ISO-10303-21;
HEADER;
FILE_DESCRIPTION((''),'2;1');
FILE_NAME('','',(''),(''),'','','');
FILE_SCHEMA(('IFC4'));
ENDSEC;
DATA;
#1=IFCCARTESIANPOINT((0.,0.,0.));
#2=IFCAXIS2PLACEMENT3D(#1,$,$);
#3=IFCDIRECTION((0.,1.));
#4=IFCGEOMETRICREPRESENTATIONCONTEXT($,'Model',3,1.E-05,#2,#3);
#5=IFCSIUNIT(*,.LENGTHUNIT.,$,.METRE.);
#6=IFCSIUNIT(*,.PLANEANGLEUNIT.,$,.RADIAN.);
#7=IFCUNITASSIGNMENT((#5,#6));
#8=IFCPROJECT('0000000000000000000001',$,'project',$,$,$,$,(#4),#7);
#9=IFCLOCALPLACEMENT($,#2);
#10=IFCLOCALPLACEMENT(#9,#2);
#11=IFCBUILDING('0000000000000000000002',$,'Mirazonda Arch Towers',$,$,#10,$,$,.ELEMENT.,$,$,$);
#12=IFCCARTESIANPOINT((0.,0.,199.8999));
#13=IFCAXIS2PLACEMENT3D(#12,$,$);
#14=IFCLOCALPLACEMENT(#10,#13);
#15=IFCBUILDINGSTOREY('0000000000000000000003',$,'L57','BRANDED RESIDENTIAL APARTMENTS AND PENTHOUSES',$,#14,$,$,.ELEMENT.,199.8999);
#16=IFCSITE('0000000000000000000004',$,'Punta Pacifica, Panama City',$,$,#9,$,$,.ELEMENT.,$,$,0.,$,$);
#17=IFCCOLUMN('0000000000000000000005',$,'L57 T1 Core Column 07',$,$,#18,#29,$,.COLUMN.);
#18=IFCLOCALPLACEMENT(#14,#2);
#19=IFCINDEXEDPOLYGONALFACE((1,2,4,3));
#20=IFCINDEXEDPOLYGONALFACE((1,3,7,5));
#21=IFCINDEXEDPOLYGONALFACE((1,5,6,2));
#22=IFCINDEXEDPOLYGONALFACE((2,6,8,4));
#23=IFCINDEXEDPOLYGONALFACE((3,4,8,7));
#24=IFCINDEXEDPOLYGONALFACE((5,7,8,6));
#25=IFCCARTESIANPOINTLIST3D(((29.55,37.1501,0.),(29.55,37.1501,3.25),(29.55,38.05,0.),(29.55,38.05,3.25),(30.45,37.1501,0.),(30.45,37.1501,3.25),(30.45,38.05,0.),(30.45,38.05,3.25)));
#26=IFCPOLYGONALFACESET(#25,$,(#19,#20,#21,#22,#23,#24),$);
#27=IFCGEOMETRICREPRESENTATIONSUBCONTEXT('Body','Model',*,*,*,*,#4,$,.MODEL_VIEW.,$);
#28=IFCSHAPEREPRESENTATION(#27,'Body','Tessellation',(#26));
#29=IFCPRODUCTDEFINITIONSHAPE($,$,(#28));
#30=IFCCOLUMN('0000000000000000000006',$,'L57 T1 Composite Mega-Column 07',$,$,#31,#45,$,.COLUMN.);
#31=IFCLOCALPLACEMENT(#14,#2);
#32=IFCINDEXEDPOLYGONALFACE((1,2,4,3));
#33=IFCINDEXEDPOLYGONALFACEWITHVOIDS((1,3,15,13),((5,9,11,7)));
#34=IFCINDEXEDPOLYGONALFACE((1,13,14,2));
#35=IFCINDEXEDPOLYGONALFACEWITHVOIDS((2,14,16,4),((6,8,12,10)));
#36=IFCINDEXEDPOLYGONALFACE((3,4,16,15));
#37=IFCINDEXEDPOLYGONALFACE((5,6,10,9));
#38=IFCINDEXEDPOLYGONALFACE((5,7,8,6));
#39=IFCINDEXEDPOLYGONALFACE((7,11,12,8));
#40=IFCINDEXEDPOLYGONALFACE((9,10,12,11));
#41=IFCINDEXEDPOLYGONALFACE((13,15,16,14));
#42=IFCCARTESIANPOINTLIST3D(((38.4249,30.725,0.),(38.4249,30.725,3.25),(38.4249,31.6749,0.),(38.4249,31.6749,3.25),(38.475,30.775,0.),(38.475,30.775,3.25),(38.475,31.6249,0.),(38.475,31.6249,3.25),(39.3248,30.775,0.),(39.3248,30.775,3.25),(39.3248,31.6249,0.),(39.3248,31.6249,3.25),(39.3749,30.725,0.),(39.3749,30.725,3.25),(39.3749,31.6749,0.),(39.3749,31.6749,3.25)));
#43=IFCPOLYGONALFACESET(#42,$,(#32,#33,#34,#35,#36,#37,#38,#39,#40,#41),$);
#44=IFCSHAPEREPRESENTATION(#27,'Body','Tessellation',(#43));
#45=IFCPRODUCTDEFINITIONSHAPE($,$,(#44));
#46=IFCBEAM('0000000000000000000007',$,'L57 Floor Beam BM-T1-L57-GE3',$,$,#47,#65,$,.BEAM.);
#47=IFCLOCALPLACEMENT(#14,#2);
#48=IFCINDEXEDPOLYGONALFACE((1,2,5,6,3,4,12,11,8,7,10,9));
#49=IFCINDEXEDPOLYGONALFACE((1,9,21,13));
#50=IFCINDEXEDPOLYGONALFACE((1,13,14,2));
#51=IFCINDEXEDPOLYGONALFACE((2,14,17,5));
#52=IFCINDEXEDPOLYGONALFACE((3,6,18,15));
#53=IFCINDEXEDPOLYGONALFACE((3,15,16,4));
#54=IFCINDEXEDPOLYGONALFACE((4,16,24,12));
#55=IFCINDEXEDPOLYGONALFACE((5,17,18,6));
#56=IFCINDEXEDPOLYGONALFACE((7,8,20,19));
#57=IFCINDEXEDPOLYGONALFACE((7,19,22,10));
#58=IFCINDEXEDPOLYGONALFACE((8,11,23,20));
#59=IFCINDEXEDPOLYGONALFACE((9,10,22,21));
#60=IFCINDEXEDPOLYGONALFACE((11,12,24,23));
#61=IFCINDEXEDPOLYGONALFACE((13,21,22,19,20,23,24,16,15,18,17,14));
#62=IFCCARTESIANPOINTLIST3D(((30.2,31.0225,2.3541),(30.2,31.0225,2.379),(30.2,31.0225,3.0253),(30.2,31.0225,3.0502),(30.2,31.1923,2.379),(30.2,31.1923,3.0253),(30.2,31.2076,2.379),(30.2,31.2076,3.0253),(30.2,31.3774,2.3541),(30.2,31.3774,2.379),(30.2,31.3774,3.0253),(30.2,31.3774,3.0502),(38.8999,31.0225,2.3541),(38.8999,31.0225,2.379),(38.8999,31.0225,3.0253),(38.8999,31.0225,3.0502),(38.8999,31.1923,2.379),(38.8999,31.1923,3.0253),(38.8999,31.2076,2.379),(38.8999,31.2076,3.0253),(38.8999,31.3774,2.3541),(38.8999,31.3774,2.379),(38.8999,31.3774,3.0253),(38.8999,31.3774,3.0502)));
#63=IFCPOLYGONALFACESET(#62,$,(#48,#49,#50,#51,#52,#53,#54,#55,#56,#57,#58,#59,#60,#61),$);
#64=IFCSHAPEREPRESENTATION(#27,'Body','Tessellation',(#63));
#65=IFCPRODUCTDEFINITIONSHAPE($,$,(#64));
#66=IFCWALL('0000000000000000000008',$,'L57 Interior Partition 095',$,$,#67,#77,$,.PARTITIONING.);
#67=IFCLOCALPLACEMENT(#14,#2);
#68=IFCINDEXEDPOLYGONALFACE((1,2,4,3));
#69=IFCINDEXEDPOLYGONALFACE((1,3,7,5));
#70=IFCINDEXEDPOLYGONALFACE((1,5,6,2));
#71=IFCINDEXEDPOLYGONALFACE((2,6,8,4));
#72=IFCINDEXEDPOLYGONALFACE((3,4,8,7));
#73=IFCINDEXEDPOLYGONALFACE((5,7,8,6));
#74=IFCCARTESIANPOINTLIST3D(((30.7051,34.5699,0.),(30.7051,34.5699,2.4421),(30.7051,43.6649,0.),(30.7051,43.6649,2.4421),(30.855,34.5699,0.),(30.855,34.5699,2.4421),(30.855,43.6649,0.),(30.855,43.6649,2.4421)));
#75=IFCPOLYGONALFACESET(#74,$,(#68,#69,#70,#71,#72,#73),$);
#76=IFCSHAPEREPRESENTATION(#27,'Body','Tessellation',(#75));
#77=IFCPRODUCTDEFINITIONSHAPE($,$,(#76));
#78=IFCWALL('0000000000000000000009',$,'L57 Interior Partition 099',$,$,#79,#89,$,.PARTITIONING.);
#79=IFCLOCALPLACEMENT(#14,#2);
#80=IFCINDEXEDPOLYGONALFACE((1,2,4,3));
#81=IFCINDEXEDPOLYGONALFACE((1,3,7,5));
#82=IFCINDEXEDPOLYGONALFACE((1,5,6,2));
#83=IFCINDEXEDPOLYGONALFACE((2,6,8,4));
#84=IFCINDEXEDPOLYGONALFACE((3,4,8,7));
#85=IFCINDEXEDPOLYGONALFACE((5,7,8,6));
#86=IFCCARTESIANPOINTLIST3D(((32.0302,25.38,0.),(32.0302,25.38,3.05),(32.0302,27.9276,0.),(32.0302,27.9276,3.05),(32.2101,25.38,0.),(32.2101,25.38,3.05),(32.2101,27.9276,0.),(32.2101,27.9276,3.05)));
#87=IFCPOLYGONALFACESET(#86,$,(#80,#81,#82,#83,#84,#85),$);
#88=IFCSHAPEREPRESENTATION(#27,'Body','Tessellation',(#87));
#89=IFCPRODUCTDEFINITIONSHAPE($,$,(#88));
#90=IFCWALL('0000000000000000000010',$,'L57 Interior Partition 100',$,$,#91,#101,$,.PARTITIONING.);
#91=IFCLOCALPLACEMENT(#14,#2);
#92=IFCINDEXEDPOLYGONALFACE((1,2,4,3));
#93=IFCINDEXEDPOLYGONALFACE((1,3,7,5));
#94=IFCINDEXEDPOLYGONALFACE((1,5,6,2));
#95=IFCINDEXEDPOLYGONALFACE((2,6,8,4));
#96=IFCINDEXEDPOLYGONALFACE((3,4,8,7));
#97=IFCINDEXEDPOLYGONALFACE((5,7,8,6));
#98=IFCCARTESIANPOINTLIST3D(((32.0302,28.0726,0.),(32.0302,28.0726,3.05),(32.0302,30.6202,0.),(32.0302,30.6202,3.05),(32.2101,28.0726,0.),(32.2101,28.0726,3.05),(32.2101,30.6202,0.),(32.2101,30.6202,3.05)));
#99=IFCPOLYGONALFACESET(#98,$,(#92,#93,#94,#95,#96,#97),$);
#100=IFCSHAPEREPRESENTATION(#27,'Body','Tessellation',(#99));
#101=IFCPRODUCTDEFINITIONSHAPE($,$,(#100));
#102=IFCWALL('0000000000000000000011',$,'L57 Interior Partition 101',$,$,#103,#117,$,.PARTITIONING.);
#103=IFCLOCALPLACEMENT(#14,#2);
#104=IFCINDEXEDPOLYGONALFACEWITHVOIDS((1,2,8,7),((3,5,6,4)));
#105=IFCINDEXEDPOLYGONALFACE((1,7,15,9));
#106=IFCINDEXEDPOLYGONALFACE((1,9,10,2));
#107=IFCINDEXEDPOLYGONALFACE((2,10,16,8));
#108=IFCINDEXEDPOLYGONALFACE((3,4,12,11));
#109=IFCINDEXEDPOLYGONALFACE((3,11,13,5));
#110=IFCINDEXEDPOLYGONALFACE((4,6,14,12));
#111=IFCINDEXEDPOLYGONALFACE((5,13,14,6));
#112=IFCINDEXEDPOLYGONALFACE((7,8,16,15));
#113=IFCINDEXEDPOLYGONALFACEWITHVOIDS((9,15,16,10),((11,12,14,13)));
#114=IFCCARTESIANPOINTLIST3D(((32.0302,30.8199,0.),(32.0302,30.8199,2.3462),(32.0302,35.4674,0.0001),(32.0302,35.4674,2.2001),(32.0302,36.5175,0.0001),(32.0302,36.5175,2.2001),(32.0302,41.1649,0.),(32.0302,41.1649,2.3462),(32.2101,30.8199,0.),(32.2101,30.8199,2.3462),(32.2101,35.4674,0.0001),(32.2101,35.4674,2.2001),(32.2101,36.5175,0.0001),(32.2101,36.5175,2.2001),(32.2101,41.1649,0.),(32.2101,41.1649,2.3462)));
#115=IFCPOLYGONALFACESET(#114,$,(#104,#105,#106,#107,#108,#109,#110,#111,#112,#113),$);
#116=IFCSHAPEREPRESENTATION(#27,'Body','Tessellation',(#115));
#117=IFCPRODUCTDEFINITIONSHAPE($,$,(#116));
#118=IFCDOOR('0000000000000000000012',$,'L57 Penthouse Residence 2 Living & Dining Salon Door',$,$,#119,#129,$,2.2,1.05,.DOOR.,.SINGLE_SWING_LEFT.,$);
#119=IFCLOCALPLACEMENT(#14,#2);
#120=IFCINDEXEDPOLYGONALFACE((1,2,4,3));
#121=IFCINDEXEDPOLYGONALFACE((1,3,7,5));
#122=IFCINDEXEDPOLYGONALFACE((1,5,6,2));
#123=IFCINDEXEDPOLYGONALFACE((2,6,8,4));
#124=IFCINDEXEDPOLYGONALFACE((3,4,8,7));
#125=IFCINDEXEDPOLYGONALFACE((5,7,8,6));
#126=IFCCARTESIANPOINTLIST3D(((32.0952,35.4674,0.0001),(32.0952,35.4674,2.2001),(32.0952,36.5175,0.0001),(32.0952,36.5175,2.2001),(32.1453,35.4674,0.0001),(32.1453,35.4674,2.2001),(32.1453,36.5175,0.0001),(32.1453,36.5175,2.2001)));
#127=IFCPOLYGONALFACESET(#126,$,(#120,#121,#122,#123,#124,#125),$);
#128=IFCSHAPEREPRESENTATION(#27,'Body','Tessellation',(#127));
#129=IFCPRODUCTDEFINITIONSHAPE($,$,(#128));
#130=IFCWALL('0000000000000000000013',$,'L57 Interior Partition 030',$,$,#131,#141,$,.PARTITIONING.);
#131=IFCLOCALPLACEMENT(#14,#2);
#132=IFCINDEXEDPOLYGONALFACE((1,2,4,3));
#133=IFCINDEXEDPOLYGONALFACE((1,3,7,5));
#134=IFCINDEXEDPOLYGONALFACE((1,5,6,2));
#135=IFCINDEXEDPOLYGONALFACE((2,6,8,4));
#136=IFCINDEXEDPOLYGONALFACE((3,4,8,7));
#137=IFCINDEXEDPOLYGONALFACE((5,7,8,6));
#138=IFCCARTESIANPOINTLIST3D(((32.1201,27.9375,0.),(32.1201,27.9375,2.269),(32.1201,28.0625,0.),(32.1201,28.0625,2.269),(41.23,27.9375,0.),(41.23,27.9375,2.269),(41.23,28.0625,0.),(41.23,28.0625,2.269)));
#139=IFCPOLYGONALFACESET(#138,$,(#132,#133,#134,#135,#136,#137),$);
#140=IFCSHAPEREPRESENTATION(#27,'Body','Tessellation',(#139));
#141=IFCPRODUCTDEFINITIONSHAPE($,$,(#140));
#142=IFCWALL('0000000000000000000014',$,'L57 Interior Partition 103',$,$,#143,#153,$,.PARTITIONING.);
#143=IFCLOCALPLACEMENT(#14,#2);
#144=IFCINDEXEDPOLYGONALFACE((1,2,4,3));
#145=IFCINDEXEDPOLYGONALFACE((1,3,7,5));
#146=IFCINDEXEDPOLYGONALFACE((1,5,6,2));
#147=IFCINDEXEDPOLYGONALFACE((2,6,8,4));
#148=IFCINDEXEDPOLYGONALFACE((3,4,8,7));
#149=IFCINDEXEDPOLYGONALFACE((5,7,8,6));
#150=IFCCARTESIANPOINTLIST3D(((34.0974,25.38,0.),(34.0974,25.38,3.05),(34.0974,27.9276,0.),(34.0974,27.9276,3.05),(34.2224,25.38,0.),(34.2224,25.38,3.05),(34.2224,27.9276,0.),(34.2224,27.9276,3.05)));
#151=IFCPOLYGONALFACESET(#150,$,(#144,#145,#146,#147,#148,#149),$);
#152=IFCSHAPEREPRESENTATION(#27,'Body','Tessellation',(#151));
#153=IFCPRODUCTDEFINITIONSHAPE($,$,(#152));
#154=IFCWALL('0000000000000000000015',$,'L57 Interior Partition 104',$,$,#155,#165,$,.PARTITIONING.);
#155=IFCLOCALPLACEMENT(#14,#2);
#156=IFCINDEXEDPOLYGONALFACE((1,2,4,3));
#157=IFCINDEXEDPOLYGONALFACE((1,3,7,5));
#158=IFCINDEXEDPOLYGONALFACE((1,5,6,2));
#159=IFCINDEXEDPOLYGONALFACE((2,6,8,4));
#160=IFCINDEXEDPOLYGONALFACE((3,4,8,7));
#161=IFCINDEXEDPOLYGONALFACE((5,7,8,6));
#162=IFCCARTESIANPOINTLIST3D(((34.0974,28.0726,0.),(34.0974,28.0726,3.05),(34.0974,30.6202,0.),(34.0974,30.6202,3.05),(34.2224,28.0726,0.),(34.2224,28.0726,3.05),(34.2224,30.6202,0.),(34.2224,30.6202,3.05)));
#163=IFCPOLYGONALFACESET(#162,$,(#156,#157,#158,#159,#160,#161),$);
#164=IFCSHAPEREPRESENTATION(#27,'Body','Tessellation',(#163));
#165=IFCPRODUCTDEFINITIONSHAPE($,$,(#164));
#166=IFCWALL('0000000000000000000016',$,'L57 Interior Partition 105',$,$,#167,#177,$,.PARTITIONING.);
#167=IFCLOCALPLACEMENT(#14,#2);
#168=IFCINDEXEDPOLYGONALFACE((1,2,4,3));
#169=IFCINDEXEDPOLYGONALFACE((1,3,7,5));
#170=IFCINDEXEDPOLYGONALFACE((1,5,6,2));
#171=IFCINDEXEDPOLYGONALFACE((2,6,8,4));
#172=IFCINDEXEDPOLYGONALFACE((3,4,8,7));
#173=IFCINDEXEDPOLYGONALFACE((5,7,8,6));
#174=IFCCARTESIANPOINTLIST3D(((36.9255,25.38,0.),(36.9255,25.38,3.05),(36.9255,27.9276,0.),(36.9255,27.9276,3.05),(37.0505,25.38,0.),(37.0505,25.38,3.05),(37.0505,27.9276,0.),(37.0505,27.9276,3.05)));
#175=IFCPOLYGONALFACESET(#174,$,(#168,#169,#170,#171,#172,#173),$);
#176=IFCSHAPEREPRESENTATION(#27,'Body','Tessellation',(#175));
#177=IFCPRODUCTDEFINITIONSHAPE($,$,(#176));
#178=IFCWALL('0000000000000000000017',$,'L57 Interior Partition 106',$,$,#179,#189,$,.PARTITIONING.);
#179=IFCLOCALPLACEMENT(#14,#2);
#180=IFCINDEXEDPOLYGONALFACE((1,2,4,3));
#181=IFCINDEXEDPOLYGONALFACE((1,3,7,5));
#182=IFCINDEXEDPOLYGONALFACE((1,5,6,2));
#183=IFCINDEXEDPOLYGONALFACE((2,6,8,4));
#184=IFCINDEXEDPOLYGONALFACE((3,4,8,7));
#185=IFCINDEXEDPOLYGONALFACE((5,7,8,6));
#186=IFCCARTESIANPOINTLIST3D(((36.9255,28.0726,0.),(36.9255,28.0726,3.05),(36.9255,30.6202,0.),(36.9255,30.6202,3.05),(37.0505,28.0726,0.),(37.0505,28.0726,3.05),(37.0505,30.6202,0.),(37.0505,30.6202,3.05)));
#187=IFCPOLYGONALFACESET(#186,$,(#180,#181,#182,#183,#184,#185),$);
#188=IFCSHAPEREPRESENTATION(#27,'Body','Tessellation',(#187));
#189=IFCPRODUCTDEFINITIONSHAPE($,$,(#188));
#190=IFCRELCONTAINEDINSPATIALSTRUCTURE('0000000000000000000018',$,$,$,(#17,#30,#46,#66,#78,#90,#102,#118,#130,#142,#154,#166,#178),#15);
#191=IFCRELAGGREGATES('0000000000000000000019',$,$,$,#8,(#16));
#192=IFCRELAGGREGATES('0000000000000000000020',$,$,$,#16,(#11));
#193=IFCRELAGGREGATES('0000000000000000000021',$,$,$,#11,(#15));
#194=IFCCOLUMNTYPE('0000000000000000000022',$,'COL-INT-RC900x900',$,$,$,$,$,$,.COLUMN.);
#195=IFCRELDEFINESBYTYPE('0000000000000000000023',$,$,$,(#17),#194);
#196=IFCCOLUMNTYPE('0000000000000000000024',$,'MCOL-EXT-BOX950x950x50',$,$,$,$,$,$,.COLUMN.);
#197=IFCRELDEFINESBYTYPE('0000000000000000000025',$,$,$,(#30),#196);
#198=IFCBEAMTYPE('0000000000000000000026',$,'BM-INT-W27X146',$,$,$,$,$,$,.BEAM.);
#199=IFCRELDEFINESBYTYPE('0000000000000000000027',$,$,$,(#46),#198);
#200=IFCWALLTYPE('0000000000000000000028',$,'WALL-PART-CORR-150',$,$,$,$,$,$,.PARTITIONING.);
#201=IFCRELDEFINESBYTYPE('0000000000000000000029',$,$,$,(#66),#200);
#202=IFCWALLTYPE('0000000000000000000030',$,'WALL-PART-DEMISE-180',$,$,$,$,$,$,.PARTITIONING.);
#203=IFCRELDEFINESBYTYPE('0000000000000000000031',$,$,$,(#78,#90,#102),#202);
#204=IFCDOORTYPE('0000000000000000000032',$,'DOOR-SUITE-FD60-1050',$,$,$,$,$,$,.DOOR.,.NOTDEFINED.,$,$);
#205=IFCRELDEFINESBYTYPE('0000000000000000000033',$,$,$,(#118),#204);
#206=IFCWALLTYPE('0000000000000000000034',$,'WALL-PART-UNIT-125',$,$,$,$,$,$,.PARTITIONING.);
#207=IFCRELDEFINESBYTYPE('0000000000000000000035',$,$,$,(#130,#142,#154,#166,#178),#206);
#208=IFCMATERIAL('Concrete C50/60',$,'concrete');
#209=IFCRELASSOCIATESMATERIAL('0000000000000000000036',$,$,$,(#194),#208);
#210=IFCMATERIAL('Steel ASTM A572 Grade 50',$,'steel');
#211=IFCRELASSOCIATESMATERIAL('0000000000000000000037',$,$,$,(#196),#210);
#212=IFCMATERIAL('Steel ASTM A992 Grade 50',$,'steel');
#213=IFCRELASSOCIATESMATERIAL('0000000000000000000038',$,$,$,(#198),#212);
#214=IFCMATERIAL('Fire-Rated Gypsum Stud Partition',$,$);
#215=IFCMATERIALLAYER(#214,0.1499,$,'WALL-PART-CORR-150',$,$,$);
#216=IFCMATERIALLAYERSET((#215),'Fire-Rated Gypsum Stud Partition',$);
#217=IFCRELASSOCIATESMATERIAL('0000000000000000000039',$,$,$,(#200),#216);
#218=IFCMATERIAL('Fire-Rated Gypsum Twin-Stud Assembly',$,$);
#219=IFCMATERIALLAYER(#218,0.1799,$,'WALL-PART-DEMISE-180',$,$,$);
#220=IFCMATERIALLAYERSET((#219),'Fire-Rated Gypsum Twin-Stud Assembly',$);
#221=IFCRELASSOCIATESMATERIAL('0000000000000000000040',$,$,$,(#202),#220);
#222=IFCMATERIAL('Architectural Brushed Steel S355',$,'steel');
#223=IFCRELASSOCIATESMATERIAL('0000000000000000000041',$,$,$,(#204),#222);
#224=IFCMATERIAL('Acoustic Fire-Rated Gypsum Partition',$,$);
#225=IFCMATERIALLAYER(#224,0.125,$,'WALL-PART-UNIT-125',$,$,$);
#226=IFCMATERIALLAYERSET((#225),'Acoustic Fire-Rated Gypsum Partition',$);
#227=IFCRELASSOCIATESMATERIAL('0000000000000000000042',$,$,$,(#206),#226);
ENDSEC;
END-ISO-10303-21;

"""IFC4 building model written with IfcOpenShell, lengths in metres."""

from ifc_helpers import new_model, si_unit, direction, frame, frame_2d, origin, origin_2d, place, context, subcontext, project, spatial, rectangle, hollow_rectangle, i_section, extrude, material, layer, layer_set, material_profile, profile_set, type_object, element, fill, save


model = new_model("IFC4")

# Units and contexts
model_context = context("Model", 3, precision=1e-05, world=origin(), true_north=direction((0.0, 1.0)))
body_context = subcontext(model_context, "Body", "Model", "MODEL_VIEW")
ifc_project = project(units=[si_unit("LENGTHUNIT", "METRE"), si_unit("PLANEANGLEUNIT", "RADIAN")], contexts=[model_context])

# Site, building, storey
site_placement = place(None, origin())
site = spatial("IfcSite", under=ifc_project, at=site_placement, Name="Punta Pacifica, Panama City", CompositionType="ELEMENT", RefElevation=0.0)
building_placement = place(site_placement, origin())
building = spatial("IfcBuilding", under=site, at=building_placement, Name="Mirazonda Arch Towers", CompositionType="ELEMENT")
storey_placement = place(building_placement, frame((0.0, 0.0, 199.8999)))
storey = spatial("IfcBuildingStorey", under=building, at=storey_placement, Name="L57", Description="BRANDED RESIDENTIAL APARTMENTS AND PENTHOUSES", CompositionType="ELEMENT", Elevation=199.8999)

# Columns
ifc_material_1 = material(Name="Concrete C50/60", Category="concrete")
ifc_material_profile_1 = material_profile(ifc_material_1, rectangle(XDim=0.8999, YDim=0.8999, at=origin_2d()), Name="RC900x900")
ifc_profile_set_1 = profile_set([ifc_material_profile_1], Name="Concrete C50/60")
column_type_1 = type_object("IfcColumnType", Name="COL-INT-RC900x900", PredefinedType="COLUMN", material=ifc_profile_set_1)
column_1_placement = place(storey_placement, frame((30.0, 37.6001, 0.0), z_axis=(0.0, 0.0, 1.0), x_axis=(1.0, 0.0, 0.0)))
element("IfcColumn", 1, at=column_1_placement, inside=storey, type_object=column_type_1, Name="L57 T1 Core Column 07", PredefinedType="COLUMN", context=body_context, shape_type="SweptSolid", body=[
    extrude(rectangle(XDim=0.8999, YDim=0.8999, at=origin_2d()), origin(), (0.0, 0.0, 1.0), 3.25),
])
ifc_material_2 = material(Name="Steel ASTM A572 Grade 50", Category="steel")
ifc_material_profile_2 = material_profile(ifc_material_2, hollow_rectangle(XDim=0.95, YDim=0.95, WallThickness=0.05, at=origin_2d()), Name="BOX950x950x50")
ifc_profile_set_2 = profile_set([ifc_material_profile_2], Name="Steel ASTM A572 Grade 50")
column_type_2 = type_object("IfcColumnType", Name="MCOL-EXT-BOX950x950x50", PredefinedType="COLUMN", material=ifc_profile_set_2)
column_2_placement = place(storey_placement, frame((38.8999, 31.2, 0.0), z_axis=(0.0, 0.0, 1.0), x_axis=(1.0, 0.0, 0.0)))
element("IfcColumn", 2, at=column_2_placement, inside=storey, type_object=column_type_2, Name="L57 T1 Composite Mega-Column 07", PredefinedType="COLUMN", context=body_context, shape_type="SweptSolid", body=[
    extrude(hollow_rectangle(XDim=0.95, YDim=0.95, WallThickness=0.05, at=origin_2d()), origin(), (0.0, 0.0, 1.0), 3.25),
])

# Beam
ifc_material_3 = material(Name="Steel ASTM A992 Grade 50", Category="steel")
ifc_material_profile_3 = material_profile(ifc_material_3, i_section(OverallWidth=0.355, OverallDepth=0.696, WebThickness=0.0154, FlangeThickness=0.0249, at=origin_2d()), Name="W27X146")
ifc_profile_set_3 = profile_set([ifc_material_profile_3], Name="Steel ASTM A992 Grade 50")
beam_type = type_object("IfcBeamType", Name="BM-INT-W27X146", PredefinedType="BEAM", material=ifc_profile_set_3)
beam_placement = place(storey_placement, frame((30.2, 31.2, 2.7021), z_axis=(1.0, 0.0, 0.0), x_axis=(0.0, 1.0, 0.0)))
element("IfcBeam", 3, at=beam_placement, inside=storey, type_object=beam_type, Name="L57 Floor Beam BM-T1-L57-GE3", PredefinedType="BEAM", context=body_context, shape_type="SweptSolid", body=[
    extrude(i_section(OverallWidth=0.355, OverallDepth=0.696, WebThickness=0.0154, FlangeThickness=0.0249, at=origin_2d()), origin(), (0.0, 0.0, 1.0), 8.7),
])

# Wall
ifc_material_4 = material(Name="Fire-Rated Gypsum Stud Partition")
ifc_layer_1 = layer(ifc_material_4, 0.1499, Name="WALL-PART-CORR-150")
ifc_layer_set_1 = layer_set([ifc_layer_1], Name="Fire-Rated Gypsum Stud Partition")
wall_type_1 = type_object("IfcWallType", Name="WALL-PART-CORR-150", PredefinedType="PARTITIONING", material=ifc_layer_set_1)
wall_1_placement = place(storey_placement, frame((30.78, 34.5701, 0.0), z_axis=(0.0, 0.0, 1.0), x_axis=(0.0, 1.0, 0.0)))
element("IfcWall", 4, at=wall_1_placement, inside=storey, type_object=wall_type_1, Name="L57 Interior Partition 095", PredefinedType="PARTITIONING", context=body_context, shape_type="SweptSolid", body=[
    extrude(rectangle(XDim=9.095, YDim=0.1499, at=frame_2d((4.5474, 0.0))), origin(), (0.0, 0.0, 1.0), 2.4421),
])

# Shared definitions
ifc_material_5 = material(Name="Fire-Rated Gypsum Twin-Stud Assembly")
ifc_layer_2 = layer(ifc_material_5, 0.1799, Name="WALL-PART-DEMISE-180")
ifc_layer_set_2 = layer_set([ifc_layer_2], Name="Fire-Rated Gypsum Twin-Stud Assembly")
wall_type_2 = type_object("IfcWallType", Name="WALL-PART-DEMISE-180", PredefinedType="PARTITIONING", material=ifc_layer_set_2)
ifc_material_6 = material(Name="Architectural Brushed Steel S355", Category="steel")

# Walls
for number, where, z_axis, x_axis, name in (
    (5, (32.1201, 25.3799, 0.0), (0.0, 0.0, 1.0), (0.0, 1.0, 0.0), "L57 Interior Partition 099"),
    (6, (32.1201, 28.0725, 0.0), (0.0, 0.0, 1.0), (0.0, 1.0, 0.0), "L57 Interior Partition 100"),
):
    element("IfcWall", number, at=place(storey_placement, frame(where, z_axis=z_axis, x_axis=x_axis)), inside=storey, type_object=wall_type_2, Name=name, PredefinedType="PARTITIONING", context=body_context, shape_type="SweptSolid", body=[
        extrude(rectangle(XDim=2.5476, YDim=0.1799, at=frame_2d((1.2739, 0.0))), origin(), (0.0, 0.0, 1.0), 3.05),
    ])

# Wall, opening, door
wall_2_placement = place(storey_placement, frame((32.1201, 30.8201, 0.0), z_axis=(0.0, 0.0, 1.0), x_axis=(0.0, 1.0, 0.0)))
wall_2 = element("IfcWall", 7, at=wall_2_placement, inside=storey, type_object=wall_type_2, Name="L57 Interior Partition 101", PredefinedType="PARTITIONING", context=body_context, shape_type="SweptSolid", body=[
    extrude(rectangle(XDim=10.345, YDim=0.1799, at=frame_2d((5.1724, 0.0))), origin(), (0.0, 0.0, 1.0), 2.3462),
])
opening_1_placement = place(wall_2_placement, frame((4.6475, 0.0, 0.0)))
opening_1 = element("IfcOpeningElement", 8, at=opening_1_placement, cuts=wall_2, PredefinedType="OPENING", context=body_context, shape_type="SweptSolid", body=[
    extrude(rectangle(XDim=1.05, YDim=2.2, at=frame_2d((0.5249, 1.1001))), frame((0.0, 0.0999, 0.0), z_axis=(0.0, -1.0, 0.0), x_axis=(1.0, 0.0, 0.0)), (0.0, 0.0, 1.0), 0.2),
])
door_type_1 = type_object("IfcDoorType", Name="DOOR-SUITE-FD60-1050", OperationType="NOTDEFINED", PredefinedType="DOOR", material=ifc_material_6)
door_1_placement = place(opening_1_placement, origin())
door_1 = element("IfcDoor", 9, at=door_1_placement, inside=storey, type_object=door_type_1, Name="L57 Penthouse Residence 2 Living & Dining Salon Door", OperationType="SINGLE_SWING_LEFT", OverallHeight=2.2, OverallWidth=1.05, PredefinedType="DOOR", context=body_context, shape_type="SweptSolid", body=[
    extrude(rectangle(XDim=1.05, YDim=2.2, at=frame_2d((0.5249, 1.1001))), frame((0.0, 0.0249, 0.0), z_axis=(0.0, -1.0, 0.0), x_axis=(1.0, 0.0, 0.0)), (0.0, 0.0, 1.0), 0.05),
])
fill(opening_1, door_1)

# Walls
ifc_material_7 = material(Name="Acoustic Fire-Rated Gypsum Partition")
ifc_layer_3 = layer(ifc_material_7, 0.125, Name="WALL-PART-UNIT-125")
ifc_layer_set_3 = layer_set([ifc_layer_3], Name="Acoustic Fire-Rated Gypsum Partition")
wall_type_3 = type_object("IfcWallType", Name="WALL-PART-UNIT-125", PredefinedType="PARTITIONING", material=ifc_layer_set_3)
wall_3_placement = place(storey_placement, frame((32.1201, 28.0, 0.0), z_axis=(0.0, 0.0, 1.0), x_axis=(1.0, 0.0, 0.0)))
element("IfcWall", 10, at=wall_3_placement, inside=storey, type_object=wall_type_3, Name="L57 Interior Partition 030", PredefinedType="PARTITIONING", context=body_context, shape_type="SweptSolid", body=[
    extrude(rectangle(XDim=9.1099, YDim=0.125, at=frame_2d((4.5549, 0.0))), origin(), (0.0, 0.0, 1.0), 2.269),
])
for number, where, z_axis, x_axis, name in (
    (11, (34.1599, 25.3799, 0.0), (0.0, 0.0, 1.0), (0.0, 1.0, 0.0), "L57 Interior Partition 103"),
    (12, (34.1599, 28.0725, 0.0), (0.0, 0.0, 1.0), (0.0, 1.0, 0.0), "L57 Interior Partition 104"),
    (13, (36.988, 25.3799, 0.0), (0.0, 0.0, 1.0), (0.0, 1.0, 0.0), "L57 Interior Partition 105"),
    (14, (36.988, 28.0725, 0.0), (0.0, 0.0, 1.0), (0.0, 1.0, 0.0), "L57 Interior Partition 106"),
):
    element("IfcWall", number, at=place(storey_placement, frame(where, z_axis=z_axis, x_axis=x_axis)), inside=storey, type_object=wall_type_3, Name=name, PredefinedType="PARTITIONING", context=body_context, shape_type="SweptSolid", body=[
        extrude(rectangle(XDim=2.5476, YDim=0.125, at=frame_2d((1.2739, 0.0))), origin(), (0.0, 0.0, 1.0), 3.05),
    ])

save(model, "model.ifc")
